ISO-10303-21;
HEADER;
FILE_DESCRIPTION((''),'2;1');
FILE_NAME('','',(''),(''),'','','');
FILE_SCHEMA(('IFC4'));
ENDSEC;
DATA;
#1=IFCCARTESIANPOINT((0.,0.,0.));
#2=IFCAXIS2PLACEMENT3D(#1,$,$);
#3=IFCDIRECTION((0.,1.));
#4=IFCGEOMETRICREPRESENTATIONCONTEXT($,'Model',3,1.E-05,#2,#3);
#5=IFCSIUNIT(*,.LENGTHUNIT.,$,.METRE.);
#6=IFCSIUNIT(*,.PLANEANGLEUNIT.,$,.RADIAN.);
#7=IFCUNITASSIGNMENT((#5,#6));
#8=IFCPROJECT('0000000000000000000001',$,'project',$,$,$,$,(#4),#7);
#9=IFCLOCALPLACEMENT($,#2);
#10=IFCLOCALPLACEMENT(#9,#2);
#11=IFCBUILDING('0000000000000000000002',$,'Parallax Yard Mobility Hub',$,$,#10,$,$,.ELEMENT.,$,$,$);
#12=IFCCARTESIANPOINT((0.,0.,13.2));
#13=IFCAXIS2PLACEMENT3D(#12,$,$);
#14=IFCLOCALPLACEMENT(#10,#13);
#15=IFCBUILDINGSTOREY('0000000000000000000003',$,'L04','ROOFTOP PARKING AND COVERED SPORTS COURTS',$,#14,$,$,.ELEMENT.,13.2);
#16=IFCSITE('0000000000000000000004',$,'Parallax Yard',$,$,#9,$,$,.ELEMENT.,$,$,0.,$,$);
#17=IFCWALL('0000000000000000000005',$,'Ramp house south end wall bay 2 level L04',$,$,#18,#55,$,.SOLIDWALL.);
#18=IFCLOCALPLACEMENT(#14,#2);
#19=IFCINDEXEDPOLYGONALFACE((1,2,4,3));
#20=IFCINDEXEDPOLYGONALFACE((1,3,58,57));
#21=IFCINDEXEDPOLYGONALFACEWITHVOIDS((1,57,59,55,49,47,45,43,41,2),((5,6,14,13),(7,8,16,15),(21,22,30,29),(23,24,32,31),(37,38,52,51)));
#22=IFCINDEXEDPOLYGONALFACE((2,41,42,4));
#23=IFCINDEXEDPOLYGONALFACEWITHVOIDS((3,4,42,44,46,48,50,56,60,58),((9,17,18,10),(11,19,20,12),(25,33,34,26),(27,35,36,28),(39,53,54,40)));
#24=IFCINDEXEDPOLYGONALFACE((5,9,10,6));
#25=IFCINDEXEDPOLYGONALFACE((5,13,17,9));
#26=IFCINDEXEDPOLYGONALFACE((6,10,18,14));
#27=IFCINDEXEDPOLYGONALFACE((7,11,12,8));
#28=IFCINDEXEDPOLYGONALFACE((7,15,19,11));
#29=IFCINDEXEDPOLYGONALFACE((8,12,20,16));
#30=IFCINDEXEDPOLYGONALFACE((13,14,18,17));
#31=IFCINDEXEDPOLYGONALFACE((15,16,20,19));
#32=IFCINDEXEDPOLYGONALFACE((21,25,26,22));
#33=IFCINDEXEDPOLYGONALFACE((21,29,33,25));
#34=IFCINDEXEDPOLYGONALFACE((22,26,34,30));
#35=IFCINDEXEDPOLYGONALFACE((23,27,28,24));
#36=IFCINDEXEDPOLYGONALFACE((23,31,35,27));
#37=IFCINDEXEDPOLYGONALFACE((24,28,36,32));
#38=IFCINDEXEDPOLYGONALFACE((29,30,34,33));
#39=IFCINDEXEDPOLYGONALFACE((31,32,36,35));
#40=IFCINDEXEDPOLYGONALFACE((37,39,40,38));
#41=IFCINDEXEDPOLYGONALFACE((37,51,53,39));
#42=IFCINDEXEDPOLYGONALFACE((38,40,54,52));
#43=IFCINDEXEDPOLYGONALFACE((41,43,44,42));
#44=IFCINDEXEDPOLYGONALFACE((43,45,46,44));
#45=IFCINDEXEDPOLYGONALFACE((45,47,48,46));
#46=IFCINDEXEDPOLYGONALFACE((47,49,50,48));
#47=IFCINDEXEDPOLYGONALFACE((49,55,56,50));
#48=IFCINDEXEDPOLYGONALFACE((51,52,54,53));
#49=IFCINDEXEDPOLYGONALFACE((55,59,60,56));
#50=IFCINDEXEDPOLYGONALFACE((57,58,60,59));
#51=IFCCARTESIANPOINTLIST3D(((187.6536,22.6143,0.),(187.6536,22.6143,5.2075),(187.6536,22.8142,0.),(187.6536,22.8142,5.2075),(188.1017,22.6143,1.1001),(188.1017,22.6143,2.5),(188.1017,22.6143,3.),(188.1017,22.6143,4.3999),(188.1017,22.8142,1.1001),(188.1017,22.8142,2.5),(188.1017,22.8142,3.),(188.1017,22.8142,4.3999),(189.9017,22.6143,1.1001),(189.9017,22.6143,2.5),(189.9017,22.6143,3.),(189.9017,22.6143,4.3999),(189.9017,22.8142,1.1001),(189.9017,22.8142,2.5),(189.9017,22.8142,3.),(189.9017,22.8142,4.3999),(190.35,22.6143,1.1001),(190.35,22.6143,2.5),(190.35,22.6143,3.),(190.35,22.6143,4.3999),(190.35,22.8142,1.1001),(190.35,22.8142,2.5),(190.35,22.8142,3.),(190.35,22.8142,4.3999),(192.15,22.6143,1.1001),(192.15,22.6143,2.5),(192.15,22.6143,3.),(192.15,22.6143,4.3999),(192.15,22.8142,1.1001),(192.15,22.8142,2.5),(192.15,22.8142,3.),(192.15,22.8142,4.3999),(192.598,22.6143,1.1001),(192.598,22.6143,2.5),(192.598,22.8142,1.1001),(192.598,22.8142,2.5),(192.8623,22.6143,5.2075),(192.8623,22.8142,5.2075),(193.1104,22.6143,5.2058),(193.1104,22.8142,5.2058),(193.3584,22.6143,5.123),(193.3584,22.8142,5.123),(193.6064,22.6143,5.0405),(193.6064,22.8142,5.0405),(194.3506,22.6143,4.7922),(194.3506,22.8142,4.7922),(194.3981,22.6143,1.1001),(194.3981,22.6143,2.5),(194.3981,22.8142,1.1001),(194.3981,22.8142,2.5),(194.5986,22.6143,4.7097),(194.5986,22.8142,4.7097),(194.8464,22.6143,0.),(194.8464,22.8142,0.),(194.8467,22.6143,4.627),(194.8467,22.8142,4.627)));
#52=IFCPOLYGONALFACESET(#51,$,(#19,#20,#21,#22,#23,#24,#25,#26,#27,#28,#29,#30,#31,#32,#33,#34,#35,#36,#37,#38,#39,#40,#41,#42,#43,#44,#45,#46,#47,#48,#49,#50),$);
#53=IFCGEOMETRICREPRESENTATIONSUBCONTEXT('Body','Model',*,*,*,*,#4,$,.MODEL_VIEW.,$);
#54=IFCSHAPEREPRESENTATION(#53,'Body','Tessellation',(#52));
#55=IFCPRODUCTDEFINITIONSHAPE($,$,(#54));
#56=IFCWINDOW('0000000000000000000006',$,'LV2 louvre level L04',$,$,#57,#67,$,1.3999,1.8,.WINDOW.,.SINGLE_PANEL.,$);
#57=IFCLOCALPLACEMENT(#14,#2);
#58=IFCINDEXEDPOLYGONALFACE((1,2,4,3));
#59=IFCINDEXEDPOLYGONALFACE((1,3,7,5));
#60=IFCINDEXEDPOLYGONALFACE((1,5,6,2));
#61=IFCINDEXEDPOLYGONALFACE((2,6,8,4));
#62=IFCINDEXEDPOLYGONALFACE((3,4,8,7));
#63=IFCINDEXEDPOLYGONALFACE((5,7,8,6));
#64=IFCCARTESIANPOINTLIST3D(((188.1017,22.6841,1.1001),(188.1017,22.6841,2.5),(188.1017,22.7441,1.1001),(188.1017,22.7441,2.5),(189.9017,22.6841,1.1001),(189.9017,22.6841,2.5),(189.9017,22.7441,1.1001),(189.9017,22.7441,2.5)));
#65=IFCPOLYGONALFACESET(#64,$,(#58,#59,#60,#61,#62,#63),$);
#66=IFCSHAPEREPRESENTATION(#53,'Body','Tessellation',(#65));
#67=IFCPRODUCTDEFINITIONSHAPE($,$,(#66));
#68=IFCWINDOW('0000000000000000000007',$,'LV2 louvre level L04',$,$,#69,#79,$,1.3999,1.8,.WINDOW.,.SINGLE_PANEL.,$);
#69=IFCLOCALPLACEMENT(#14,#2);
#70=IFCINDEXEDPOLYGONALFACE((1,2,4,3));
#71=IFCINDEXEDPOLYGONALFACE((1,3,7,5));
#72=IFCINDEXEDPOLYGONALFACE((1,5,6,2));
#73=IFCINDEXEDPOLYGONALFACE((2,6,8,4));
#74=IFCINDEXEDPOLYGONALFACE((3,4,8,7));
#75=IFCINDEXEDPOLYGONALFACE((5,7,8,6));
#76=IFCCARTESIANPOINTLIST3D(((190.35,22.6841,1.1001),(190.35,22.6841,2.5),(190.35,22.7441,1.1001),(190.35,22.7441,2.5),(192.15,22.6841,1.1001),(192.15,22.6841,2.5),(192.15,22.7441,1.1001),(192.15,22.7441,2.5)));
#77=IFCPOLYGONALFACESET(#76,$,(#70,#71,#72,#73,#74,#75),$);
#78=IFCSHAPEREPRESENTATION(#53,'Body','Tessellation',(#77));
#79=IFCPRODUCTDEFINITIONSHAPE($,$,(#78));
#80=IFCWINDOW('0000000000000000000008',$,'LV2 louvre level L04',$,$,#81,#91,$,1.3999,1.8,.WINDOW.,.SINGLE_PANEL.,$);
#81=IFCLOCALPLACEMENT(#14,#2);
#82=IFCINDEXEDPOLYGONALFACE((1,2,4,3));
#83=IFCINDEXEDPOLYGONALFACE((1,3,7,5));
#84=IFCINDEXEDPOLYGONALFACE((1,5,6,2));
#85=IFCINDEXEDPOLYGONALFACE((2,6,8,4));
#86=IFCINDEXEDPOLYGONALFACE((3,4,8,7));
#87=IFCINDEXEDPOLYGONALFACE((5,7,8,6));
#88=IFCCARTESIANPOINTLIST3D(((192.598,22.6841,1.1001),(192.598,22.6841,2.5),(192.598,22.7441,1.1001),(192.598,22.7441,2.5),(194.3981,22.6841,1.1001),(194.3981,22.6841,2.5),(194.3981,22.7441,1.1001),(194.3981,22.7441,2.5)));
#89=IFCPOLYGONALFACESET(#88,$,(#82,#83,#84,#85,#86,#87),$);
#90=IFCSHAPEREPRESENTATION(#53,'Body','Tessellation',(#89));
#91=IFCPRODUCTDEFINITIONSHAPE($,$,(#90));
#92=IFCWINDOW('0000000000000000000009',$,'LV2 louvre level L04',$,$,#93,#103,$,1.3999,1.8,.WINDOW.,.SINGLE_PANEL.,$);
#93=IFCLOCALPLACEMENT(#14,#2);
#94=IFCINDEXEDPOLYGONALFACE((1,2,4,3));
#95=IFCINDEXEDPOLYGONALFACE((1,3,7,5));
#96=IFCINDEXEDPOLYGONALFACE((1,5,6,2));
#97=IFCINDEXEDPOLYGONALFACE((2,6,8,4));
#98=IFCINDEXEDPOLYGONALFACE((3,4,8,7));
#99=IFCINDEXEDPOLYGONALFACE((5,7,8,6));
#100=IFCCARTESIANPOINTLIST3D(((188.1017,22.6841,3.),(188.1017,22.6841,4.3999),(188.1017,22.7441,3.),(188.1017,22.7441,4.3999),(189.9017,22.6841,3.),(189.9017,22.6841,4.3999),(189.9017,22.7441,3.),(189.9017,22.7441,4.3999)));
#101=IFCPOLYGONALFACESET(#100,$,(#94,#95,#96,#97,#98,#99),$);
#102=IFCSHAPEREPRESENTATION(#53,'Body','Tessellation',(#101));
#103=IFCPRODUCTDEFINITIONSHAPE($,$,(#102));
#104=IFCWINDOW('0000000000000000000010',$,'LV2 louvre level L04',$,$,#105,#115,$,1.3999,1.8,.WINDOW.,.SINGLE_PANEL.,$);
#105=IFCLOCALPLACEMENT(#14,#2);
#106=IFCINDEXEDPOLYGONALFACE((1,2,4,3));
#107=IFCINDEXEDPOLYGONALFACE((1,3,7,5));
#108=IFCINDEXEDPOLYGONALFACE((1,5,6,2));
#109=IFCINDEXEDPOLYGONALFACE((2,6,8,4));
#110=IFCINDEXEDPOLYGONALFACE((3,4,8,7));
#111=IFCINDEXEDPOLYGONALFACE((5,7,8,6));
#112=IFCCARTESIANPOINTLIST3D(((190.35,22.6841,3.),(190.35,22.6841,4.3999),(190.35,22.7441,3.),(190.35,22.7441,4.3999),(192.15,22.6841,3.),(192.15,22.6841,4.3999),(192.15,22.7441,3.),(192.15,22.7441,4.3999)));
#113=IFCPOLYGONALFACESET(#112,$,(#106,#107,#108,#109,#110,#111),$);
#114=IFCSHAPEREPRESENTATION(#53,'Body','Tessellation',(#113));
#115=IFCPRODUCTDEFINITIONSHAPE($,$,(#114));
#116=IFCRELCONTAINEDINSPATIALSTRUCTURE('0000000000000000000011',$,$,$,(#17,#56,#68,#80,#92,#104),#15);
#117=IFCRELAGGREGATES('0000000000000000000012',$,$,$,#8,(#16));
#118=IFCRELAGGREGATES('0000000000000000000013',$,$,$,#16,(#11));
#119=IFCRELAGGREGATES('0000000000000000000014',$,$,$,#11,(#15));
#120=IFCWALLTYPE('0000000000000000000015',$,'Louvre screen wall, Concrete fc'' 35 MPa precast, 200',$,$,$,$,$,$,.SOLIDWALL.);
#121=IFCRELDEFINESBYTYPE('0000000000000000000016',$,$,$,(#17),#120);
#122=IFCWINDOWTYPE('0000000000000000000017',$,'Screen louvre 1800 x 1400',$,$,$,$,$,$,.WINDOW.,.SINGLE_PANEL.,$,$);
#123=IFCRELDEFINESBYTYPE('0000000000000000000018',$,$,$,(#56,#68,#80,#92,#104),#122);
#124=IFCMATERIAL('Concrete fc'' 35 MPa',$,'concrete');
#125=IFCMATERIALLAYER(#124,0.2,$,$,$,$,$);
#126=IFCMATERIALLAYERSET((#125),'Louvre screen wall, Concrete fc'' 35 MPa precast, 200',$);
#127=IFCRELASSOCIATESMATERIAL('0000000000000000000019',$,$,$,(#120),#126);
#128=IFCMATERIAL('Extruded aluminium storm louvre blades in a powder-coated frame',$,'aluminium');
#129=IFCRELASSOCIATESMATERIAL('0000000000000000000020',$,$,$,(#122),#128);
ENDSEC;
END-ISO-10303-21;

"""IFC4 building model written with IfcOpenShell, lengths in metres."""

from ifc_helpers import new_model, si_unit, direction, frame, frame_2d, origin, place, context, subcontext, project, spatial, polyline, rectangle, outline, extrude, material, layer, layer_set, type_object, element, fill, save


model = new_model("IFC4")

# Units and contexts
model_context = context("Model", 3, precision=1e-05, world=origin(), true_north=direction((0.0, 1.0)))
body_context = subcontext(model_context, "Body", "Model", "MODEL_VIEW")
ifc_project = project(units=[si_unit("LENGTHUNIT", "METRE"), si_unit("PLANEANGLEUNIT", "RADIAN")], contexts=[model_context])

# Site, building, storey
site_placement = place(None, origin())
site = spatial("IfcSite", under=ifc_project, at=site_placement, Name="Parallax Yard", CompositionType="ELEMENT", RefElevation=0.0)
building_placement = place(site_placement, origin())
building = spatial("IfcBuilding", under=site, at=building_placement, Name="Parallax Yard Mobility Hub", CompositionType="ELEMENT")
storey_placement = place(building_placement, frame((0.0, 0.0, 13.2)))
storey = spatial("IfcBuildingStorey", under=building, at=storey_placement, Name="L04", Description="ROOFTOP PARKING AND COVERED SPORTS COURTS", CompositionType="ELEMENT", Elevation=13.2)

# Wall, openings, windows
ifc_material_1 = material(Name="Concrete fc' 35 MPa", Category="concrete")
ifc_layer = layer(ifc_material_1, 0.2)
ifc_layer_set = layer_set([ifc_layer], Name="Louvre screen wall, Concrete fc' 35 MPa precast, 200")
wall_type = type_object("IfcWallType", Name="Louvre screen wall, Concrete fc' 35 MPa precast, 200", PredefinedType="SOLIDWALL", material=ifc_layer_set)
ifc_material_2 = material(Name="Extruded aluminium storm louvre blades in a powder-coated frame", Category="aluminium")
window_type_1 = type_object("IfcWindowType", Name="Screen louvre 1800 x 1400", PartitioningType="SINGLE_PANEL", PredefinedType="WINDOW", material=ifc_material_2)
wall_1_placement = place(storey_placement, frame((187.6536, 22.7141, 0.0), z_axis=(0.0, 0.0, 1.0), x_axis=(1.0, 0.0, 0.0)))
wall_1 = element("IfcWall", 1, at=wall_1_placement, inside=storey, type_object=wall_type, Name="Ramp house south end wall bay 2 level L04", PredefinedType="SOLIDWALL", context=body_context, shape_type="SweptSolid", body=[
    extrude(outline(polyline([(0.0, 0.0), (7.1929, 0.0), (7.1931, 4.627), (6.9451, 4.7097), (6.697, 4.7922), (5.9529, 5.0405), (5.7048, 5.123), (5.4568, 5.2058), (5.2087, 5.2075), (0.0, 5.2075), (0.0, 0.0)])), frame((0.0, 0.1001, 0.0), z_axis=(0.0, -1.0, 0.0), x_axis=(1.0, 0.0, 0.0)), (0.0, 0.0, 1.0), 0.2),
])
opening_1_placement = place(wall_1_placement, frame((0.4482, 0.0, 1.1001)))
opening_1 = element("IfcOpeningElement", 2, at=opening_1_placement, cuts=wall_1, PredefinedType="OPENING", context=body_context, shape_type="SweptSolid", body=[
    extrude(rectangle(XDim=1.8, YDim=1.3999, at=frame_2d((0.8999, 0.7))), frame((0.0, 0.1099, 0.0), z_axis=(0.0, -1.0, 0.0), x_axis=(1.0, 0.0, 0.0)), (0.0, 0.0, 1.0), 0.22),
])
opening_2_placement = place(wall_1_placement, frame((2.6965, 0.0, 1.1001)))
opening_2 = element("IfcOpeningElement", 3, at=opening_2_placement, cuts=wall_1, PredefinedType="OPENING", context=body_context, shape_type="SweptSolid", body=[
    extrude(rectangle(XDim=1.8, YDim=1.3999, at=frame_2d((0.8999, 0.7))), frame((0.0, 0.1099, 0.0), z_axis=(0.0, -1.0, 0.0), x_axis=(1.0, 0.0, 0.0)), (0.0, 0.0, 1.0), 0.22),
])
opening_3_placement = place(wall_1_placement, frame((4.9446, 0.0, 1.1001)))
opening_3 = element("IfcOpeningElement", 4, at=opening_3_placement, cuts=wall_1, PredefinedType="OPENING", context=body_context, shape_type="SweptSolid", body=[
    extrude(rectangle(XDim=1.8, YDim=1.3999, at=frame_2d((0.8999, 0.7))), frame((0.0, 0.1099, 0.0), z_axis=(0.0, -1.0, 0.0), x_axis=(1.0, 0.0, 0.0)), (0.0, 0.0, 1.0), 0.22),
])
opening_4_placement = place(wall_1_placement, frame((0.4482, 0.0, 3.0)))
opening_4 = element("IfcOpeningElement", 5, at=opening_4_placement, cuts=wall_1, PredefinedType="OPENING", context=body_context, shape_type="SweptSolid", body=[
    extrude(rectangle(XDim=1.8, YDim=1.3999, at=frame_2d((0.8999, 0.7))), frame((0.0, 0.1099, 0.0), z_axis=(0.0, -1.0, 0.0), x_axis=(1.0, 0.0, 0.0)), (0.0, 0.0, 1.0), 0.22),
])
opening_5_placement = place(wall_1_placement, frame((2.6965, 0.0, 3.0)))
opening_5 = element("IfcOpeningElement", 6, at=opening_5_placement, cuts=wall_1, PredefinedType="OPENING", context=body_context, shape_type="SweptSolid", body=[
    extrude(rectangle(XDim=1.8, YDim=1.3999, at=frame_2d((0.8999, 0.7))), frame((0.0, 0.1099, 0.0), z_axis=(0.0, -1.0, 0.0), x_axis=(1.0, 0.0, 0.0)), (0.0, 0.0, 1.0), 0.22),
])
window_1_placement = place(opening_1_placement, origin())
window_1 = element("IfcWindow", 7, at=window_1_placement, inside=storey, type_object=window_type_1, Name="LV2 louvre level L04", OverallHeight=1.3999, OverallWidth=1.8, PartitioningType="SINGLE_PANEL", PredefinedType="WINDOW", context=body_context, shape_type="SweptSolid", body=[
    extrude(rectangle(XDim=1.8, YDim=1.3999, at=frame_2d((0.8999, 0.7))), frame((0.0, 0.03, 0.0), z_axis=(0.0, -1.0, 0.0), x_axis=(1.0, 0.0, 0.0)), (0.0, 0.0, 1.0), 0.0601),
])
fill(opening_1, window_1)
window_2_placement = place(opening_2_placement, origin())
window_2 = element("IfcWindow", 8, at=window_2_placement, inside=storey, type_object=window_type_1, Name="LV2 louvre level L04", OverallHeight=1.3999, OverallWidth=1.8, PartitioningType="SINGLE_PANEL", PredefinedType="WINDOW", context=body_context, shape_type="SweptSolid", body=[
    extrude(rectangle(XDim=1.8, YDim=1.3999, at=frame_2d((0.8999, 0.7))), frame((0.0, 0.03, 0.0), z_axis=(0.0, -1.0, 0.0), x_axis=(1.0, 0.0, 0.0)), (0.0, 0.0, 1.0), 0.0601),
])
fill(opening_2, window_2)
window_3_placement = place(opening_3_placement, origin())
window_3 = element("IfcWindow", 9, at=window_3_placement, inside=storey, type_object=window_type_1, Name="LV2 louvre level L04", OverallHeight=1.3999, OverallWidth=1.8, PartitioningType="SINGLE_PANEL", PredefinedType="WINDOW", context=body_context, shape_type="SweptSolid", body=[
    extrude(rectangle(XDim=1.8, YDim=1.3999, at=frame_2d((0.8999, 0.7))), frame((0.0, 0.03, 0.0), z_axis=(0.0, -1.0, 0.0), x_axis=(1.0, 0.0, 0.0)), (0.0, 0.0, 1.0), 0.0601),
])
fill(opening_3, window_3)
window_4_placement = place(opening_4_placement, origin())
window_4 = element("IfcWindow", 10, at=window_4_placement, inside=storey, type_object=window_type_1, Name="LV2 louvre level L04", OverallHeight=1.3999, OverallWidth=1.8, PartitioningType="SINGLE_PANEL", PredefinedType="WINDOW", context=body_context, shape_type="SweptSolid", body=[
    extrude(rectangle(XDim=1.8, YDim=1.3999, at=frame_2d((0.8999, 0.7))), frame((0.0, 0.03, 0.0), z_axis=(0.0, -1.0, 0.0), x_axis=(1.0, 0.0, 0.0)), (0.0, 0.0, 1.0), 0.0601),
])
fill(opening_4, window_4)
window_5_placement = place(opening_5_placement, origin())
window_5 = element("IfcWindow", 11, at=window_5_placement, inside=storey, type_object=window_type_1, Name="LV2 louvre level L04", OverallHeight=1.3999, OverallWidth=1.8, PartitioningType="SINGLE_PANEL", PredefinedType="WINDOW", context=body_context, shape_type="SweptSolid", body=[
    extrude(rectangle(XDim=1.8, YDim=1.3999, at=frame_2d((0.8999, 0.7))), frame((0.0, 0.03, 0.0), z_axis=(0.0, -1.0, 0.0), x_axis=(1.0, 0.0, 0.0)), (0.0, 0.0, 1.0), 0.0601),
])
fill(opening_5, window_5)

save(model, "model.ifc")
